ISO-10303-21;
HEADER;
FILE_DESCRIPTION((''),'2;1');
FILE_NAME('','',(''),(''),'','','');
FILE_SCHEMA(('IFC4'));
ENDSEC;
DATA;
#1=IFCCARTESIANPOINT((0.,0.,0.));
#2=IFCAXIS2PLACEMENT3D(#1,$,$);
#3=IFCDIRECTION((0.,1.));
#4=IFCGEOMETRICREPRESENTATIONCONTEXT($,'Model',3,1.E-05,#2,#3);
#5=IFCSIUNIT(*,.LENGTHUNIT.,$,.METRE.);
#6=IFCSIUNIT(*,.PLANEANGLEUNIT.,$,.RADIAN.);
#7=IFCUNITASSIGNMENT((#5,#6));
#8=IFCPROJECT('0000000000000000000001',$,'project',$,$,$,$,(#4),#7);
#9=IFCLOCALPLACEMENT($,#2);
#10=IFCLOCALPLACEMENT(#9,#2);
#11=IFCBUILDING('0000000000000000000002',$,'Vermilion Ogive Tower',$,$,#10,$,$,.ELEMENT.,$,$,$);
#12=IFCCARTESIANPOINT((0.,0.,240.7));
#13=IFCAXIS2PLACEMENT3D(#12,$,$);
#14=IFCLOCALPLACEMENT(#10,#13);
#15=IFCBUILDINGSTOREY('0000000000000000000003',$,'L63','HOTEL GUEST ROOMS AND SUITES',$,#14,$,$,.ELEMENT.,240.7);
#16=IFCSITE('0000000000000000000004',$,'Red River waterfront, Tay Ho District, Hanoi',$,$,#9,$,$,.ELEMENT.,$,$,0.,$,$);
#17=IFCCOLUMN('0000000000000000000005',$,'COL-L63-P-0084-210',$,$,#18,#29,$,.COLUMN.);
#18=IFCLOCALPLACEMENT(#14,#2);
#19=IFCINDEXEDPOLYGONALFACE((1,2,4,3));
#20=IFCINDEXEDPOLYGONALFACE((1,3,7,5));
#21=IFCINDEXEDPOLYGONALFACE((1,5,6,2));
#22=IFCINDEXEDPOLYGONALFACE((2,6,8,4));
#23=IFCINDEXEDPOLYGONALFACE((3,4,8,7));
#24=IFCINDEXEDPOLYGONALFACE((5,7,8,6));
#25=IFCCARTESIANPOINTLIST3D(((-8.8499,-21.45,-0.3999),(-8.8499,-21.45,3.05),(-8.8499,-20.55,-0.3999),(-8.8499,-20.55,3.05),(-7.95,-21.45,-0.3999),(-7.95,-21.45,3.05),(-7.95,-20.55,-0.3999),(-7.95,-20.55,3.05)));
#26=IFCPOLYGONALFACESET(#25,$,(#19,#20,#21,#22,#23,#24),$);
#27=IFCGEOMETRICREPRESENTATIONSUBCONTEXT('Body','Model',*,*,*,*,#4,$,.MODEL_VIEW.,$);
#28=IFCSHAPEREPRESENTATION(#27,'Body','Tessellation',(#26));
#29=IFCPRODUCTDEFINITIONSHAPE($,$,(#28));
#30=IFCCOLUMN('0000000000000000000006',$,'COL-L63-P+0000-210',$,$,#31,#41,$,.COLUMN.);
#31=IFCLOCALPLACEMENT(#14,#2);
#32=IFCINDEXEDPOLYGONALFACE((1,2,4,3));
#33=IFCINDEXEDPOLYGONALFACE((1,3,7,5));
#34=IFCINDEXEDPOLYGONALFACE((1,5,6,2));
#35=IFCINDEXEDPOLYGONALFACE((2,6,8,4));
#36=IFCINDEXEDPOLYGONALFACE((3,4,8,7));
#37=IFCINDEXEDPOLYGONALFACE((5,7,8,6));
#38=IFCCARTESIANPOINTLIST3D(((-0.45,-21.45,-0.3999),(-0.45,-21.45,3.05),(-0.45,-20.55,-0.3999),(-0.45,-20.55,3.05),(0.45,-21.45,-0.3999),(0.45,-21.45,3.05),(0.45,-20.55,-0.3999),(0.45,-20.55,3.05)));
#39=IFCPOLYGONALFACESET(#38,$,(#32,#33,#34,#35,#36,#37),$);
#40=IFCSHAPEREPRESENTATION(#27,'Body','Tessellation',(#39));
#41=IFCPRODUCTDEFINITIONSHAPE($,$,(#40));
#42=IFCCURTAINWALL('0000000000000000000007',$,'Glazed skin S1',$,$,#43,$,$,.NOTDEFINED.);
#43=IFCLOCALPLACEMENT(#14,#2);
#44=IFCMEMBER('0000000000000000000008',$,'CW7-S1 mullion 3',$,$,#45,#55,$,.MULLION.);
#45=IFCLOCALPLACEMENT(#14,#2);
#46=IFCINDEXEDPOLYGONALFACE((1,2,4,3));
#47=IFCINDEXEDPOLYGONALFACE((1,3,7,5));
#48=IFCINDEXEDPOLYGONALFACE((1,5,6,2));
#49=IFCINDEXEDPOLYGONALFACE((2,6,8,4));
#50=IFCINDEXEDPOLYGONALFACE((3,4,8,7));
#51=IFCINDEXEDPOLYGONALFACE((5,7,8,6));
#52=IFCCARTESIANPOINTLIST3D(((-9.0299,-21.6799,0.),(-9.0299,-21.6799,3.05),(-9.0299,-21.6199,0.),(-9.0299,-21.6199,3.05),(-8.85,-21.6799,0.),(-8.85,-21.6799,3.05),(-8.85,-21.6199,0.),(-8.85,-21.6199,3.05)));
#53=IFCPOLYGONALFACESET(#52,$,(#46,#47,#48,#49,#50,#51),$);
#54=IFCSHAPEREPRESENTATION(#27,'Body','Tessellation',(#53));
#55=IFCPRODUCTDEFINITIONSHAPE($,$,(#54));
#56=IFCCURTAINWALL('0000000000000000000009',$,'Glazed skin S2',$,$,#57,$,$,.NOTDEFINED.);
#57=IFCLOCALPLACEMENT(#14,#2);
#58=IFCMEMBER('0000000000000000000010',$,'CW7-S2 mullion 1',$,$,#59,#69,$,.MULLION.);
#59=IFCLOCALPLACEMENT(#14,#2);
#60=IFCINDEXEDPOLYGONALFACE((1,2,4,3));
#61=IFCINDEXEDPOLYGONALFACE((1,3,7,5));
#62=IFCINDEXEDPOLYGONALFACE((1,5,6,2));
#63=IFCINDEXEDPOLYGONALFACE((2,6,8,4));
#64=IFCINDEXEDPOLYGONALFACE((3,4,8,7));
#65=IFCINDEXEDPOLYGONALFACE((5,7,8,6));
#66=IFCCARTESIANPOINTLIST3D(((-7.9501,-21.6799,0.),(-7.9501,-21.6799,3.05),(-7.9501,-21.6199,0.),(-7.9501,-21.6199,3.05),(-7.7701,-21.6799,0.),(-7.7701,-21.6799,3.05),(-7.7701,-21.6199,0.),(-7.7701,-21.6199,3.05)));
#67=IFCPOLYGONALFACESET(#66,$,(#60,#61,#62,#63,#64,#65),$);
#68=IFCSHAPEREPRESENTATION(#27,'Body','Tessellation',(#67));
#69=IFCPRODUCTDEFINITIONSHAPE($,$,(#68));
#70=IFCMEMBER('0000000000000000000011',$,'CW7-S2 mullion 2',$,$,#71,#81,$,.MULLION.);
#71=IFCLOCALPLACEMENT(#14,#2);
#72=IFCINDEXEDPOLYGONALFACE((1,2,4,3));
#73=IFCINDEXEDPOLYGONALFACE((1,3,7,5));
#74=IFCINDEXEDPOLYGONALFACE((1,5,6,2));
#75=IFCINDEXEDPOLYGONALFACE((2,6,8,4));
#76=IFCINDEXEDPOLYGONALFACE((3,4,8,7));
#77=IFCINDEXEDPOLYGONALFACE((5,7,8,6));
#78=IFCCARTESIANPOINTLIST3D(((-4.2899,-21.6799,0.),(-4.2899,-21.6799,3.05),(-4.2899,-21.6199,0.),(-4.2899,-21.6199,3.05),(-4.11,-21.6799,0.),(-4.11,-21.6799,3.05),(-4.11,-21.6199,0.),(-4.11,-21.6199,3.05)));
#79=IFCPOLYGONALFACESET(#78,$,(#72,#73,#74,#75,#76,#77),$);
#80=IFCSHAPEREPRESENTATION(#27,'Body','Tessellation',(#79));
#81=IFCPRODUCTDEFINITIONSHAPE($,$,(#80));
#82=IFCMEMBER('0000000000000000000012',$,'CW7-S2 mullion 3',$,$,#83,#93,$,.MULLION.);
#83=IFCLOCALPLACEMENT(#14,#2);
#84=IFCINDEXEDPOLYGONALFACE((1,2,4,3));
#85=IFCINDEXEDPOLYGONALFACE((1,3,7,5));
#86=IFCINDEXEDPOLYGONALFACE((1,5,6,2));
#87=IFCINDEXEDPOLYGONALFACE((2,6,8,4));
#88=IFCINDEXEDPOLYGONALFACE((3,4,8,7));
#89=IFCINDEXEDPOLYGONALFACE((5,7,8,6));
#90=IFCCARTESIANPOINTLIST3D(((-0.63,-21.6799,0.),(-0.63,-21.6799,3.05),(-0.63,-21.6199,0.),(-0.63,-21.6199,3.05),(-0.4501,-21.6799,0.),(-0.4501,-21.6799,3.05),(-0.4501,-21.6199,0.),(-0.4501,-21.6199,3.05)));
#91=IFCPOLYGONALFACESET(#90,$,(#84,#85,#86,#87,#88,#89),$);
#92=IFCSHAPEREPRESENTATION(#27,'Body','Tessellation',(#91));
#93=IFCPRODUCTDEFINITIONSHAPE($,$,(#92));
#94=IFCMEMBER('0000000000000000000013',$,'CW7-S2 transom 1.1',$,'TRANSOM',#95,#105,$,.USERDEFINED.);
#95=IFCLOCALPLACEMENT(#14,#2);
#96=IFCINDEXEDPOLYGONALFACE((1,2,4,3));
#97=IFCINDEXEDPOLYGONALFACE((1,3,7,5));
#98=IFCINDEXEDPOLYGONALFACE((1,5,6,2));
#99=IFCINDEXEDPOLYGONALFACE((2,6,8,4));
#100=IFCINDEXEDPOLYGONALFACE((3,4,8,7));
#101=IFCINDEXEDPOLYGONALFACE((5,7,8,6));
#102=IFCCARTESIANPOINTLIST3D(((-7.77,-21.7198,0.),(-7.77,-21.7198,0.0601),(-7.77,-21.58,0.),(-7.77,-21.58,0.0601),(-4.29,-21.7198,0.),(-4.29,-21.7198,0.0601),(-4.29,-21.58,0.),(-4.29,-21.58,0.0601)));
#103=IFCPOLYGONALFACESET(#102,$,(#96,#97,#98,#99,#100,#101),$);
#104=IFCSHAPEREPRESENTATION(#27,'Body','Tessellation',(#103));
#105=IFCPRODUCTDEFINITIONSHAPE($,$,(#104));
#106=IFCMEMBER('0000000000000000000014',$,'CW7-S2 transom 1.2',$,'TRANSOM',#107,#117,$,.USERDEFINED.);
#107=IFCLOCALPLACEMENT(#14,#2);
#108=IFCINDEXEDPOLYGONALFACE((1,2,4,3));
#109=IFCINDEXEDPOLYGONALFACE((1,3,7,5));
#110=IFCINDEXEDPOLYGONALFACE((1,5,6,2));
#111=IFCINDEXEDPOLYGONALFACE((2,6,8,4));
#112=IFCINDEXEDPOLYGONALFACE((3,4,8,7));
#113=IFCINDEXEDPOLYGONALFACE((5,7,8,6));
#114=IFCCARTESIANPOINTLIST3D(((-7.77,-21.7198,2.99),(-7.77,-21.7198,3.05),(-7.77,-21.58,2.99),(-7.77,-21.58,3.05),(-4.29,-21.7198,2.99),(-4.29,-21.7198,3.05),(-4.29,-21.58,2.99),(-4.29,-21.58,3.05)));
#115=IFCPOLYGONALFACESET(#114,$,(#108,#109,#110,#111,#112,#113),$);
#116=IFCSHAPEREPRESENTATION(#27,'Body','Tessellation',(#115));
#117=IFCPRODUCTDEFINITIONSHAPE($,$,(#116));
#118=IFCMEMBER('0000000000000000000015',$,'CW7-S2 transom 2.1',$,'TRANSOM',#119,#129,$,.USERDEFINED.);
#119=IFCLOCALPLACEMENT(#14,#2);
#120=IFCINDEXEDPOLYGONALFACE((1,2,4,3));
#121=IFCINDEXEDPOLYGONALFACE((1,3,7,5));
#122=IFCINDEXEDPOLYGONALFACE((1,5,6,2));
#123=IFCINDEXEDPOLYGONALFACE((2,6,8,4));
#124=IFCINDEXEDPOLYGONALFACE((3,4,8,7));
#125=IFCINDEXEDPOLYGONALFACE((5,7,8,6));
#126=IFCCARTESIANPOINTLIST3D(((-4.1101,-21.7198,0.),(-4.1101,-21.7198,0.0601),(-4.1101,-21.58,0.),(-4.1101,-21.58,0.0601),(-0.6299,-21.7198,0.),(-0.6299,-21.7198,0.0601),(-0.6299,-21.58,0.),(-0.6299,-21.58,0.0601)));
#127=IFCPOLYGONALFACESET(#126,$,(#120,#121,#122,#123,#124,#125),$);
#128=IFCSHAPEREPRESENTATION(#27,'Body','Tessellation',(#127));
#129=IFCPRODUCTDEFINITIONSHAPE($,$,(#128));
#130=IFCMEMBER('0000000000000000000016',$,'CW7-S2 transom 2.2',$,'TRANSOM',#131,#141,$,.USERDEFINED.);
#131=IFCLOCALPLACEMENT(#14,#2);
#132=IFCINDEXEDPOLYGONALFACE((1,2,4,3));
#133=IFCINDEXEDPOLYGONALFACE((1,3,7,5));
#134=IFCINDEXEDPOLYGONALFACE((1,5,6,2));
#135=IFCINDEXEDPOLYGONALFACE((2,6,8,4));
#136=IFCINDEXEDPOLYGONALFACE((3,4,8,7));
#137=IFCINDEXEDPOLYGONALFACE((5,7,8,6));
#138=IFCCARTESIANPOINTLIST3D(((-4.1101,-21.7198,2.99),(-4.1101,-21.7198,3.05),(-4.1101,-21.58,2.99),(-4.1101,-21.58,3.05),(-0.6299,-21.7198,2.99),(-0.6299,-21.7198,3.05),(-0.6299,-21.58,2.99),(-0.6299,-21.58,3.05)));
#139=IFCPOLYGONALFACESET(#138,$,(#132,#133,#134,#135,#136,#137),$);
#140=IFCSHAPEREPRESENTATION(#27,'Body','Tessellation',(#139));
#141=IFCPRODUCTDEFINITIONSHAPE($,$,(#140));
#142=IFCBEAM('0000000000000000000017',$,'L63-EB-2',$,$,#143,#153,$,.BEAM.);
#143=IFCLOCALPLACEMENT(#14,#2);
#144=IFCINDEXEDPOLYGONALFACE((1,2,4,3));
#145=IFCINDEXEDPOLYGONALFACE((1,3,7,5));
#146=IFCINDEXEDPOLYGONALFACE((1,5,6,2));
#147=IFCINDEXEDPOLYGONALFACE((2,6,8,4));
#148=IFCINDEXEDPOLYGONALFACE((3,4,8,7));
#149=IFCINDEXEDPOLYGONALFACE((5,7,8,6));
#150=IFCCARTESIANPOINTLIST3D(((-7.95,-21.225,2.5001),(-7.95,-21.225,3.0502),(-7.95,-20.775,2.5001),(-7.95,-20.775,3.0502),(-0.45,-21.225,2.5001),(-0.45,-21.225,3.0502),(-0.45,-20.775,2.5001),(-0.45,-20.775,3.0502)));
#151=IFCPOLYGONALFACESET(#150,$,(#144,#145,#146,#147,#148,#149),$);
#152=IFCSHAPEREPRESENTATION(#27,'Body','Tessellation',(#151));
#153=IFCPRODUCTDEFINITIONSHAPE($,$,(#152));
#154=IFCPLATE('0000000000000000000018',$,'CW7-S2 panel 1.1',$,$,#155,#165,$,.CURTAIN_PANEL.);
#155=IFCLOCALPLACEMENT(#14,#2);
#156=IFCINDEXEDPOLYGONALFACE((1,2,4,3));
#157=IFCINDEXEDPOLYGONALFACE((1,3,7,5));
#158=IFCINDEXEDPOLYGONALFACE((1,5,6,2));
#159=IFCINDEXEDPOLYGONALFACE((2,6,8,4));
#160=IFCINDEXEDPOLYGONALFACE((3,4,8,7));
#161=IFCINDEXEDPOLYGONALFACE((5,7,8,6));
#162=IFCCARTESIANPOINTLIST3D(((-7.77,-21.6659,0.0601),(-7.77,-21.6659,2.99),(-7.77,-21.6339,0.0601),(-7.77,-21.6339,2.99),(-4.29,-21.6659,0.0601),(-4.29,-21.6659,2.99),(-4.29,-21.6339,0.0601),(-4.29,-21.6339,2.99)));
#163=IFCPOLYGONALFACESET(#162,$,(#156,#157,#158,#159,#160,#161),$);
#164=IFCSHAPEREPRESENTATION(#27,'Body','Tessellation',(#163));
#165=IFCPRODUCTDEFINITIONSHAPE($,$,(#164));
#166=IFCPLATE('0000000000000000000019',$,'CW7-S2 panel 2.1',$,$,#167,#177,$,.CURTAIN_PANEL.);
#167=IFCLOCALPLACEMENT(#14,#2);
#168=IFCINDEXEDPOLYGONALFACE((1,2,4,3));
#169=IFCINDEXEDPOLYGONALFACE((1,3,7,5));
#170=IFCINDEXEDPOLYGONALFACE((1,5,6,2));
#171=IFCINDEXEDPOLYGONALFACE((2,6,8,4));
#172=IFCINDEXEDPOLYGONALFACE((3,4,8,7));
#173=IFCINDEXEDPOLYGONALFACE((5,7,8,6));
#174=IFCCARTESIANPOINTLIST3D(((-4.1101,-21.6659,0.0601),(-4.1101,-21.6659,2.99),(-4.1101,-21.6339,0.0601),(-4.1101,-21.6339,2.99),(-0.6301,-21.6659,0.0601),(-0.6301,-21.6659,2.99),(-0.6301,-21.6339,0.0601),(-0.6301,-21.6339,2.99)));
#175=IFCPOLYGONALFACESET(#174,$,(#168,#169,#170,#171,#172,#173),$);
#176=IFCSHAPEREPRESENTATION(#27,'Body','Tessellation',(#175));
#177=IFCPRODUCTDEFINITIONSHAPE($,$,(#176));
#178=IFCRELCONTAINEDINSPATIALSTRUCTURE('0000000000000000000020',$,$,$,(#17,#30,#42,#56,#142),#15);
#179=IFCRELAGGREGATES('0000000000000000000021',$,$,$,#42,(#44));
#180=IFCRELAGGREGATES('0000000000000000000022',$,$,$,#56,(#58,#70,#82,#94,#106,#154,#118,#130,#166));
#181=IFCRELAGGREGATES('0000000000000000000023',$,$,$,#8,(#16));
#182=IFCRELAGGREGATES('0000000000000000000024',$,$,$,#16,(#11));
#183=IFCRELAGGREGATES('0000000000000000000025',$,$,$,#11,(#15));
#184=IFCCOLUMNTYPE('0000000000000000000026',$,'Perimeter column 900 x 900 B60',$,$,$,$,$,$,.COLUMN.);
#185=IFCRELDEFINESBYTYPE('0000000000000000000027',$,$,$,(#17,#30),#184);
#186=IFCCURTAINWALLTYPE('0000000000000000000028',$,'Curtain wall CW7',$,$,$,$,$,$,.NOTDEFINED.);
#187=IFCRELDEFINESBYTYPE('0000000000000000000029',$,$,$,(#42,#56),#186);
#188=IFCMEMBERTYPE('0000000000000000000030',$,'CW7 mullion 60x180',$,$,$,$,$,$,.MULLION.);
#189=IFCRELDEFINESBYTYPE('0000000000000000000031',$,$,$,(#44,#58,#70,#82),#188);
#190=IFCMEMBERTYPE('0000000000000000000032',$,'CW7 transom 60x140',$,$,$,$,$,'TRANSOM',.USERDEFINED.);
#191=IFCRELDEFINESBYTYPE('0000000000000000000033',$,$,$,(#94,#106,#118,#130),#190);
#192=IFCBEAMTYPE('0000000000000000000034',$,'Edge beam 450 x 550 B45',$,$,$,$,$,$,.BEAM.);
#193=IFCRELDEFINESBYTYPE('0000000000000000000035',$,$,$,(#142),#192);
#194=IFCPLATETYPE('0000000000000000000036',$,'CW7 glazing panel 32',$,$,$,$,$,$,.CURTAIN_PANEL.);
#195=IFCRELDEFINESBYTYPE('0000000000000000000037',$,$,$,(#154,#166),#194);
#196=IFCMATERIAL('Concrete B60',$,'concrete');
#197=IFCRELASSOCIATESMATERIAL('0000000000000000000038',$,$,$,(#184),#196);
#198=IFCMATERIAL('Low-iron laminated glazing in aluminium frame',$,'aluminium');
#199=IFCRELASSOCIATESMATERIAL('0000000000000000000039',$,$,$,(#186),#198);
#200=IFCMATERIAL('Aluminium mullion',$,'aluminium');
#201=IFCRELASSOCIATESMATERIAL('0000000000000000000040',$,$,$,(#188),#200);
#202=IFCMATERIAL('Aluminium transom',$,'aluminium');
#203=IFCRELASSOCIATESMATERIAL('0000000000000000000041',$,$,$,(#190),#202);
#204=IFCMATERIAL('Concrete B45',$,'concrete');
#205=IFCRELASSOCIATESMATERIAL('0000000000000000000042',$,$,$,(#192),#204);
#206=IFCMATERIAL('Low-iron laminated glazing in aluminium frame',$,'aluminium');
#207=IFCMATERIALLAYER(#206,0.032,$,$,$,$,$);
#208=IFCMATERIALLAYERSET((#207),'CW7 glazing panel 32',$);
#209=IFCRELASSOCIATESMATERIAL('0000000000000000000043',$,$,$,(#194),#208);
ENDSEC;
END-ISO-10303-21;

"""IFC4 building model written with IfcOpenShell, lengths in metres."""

from ifc_helpers import new_model, si_unit, direction, frame, origin, origin_2d, place, context, subcontext, project, spatial, rectangle, extrude, material, layer, layer_set, material_profile, profile_set, type_object, element, aggregate, save


model = new_model("IFC4")

# Units and contexts
model_context = context("Model", 3, precision=1e-05, world=origin(), true_north=direction((0.0, 1.0)))
body_context = subcontext(model_context, "Body", "Model", "MODEL_VIEW")
ifc_project = project(units=[si_unit("LENGTHUNIT", "METRE"), si_unit("PLANEANGLEUNIT", "RADIAN")], contexts=[model_context])

# Site, building, storey
site_placement = place(None, origin())
site = spatial("IfcSite", under=ifc_project, at=site_placement, Name="Red River waterfront, Tay Ho District, Hanoi", CompositionType="ELEMENT", RefElevation=0.0)
building_placement = place(site_placement, origin())
building = spatial("IfcBuilding", under=site, at=building_placement, Name="Vermilion Ogive Tower", CompositionType="ELEMENT")
storey_placement = place(building_placement, frame((0.0, 0.0, 240.7)))
storey = spatial("IfcBuildingStorey", under=building, at=storey_placement, Name="L63", Description="HOTEL GUEST ROOMS AND SUITES", CompositionType="ELEMENT", Elevation=240.7)

# Columns
ifc_material_1 = material(Name="Concrete B60", Category="concrete")
ifc_material_profile_1 = material_profile(ifc_material_1, rectangle(XDim=0.8999, YDim=0.8999, at=origin_2d()), Name="900 x 900")
ifc_profile_set_1 = profile_set([ifc_material_profile_1], Name="Concrete B60")
column_type = type_object("IfcColumnType", Name="Perimeter column 900 x 900 B60", PredefinedType="COLUMN", material=ifc_profile_set_1)
for number, where, z_axis, x_axis, name in (
    (1, (-8.3999, -21.0, -0.3999), (0.0, 0.0, 1.0), (1.0, 0.0, 0.0), "COL-L63-P-0084-210"),
    (2, (0.0, -21.0, -0.3999), (0.0, 0.0, 1.0), (1.0, 0.0, 0.0), "COL-L63-P+0000-210"),
):
    element("IfcColumn", number, at=place(storey_placement, frame(where, z_axis=z_axis, x_axis=x_axis)), inside=storey, type_object=column_type, Name=name, PredefinedType="COLUMN", context=body_context, shape_type="SweptSolid", body=[
        extrude(rectangle(XDim=0.8999, YDim=0.8999, at=origin_2d()), origin(), (0.0, 0.0, 1.0), 3.45),
    ])

# Curtain wall, member
ifc_material_2 = material(Name="Low-iron laminated glazing in aluminium frame", Category="aluminium")
curtain_wall_type = type_object("IfcCurtainWallType", Name="Curtain wall CW7", PredefinedType="NOTDEFINED", material=ifc_material_2)
curtain_wall_1_placement = place(storey_placement, origin())
curtain_wall_1 = element("IfcCurtainWall", 3, at=curtain_wall_1_placement, inside=storey, type_object=curtain_wall_type, Name="Glazed skin S1", PredefinedType="NOTDEFINED")
ifc_material_3 = material(Name="Aluminium mullion", Category="aluminium")
ifc_material_profile_2 = material_profile(ifc_material_3, rectangle(XDim=0.0601, YDim=0.1799, at=origin_2d()), Name="AL 60x180")
ifc_profile_set_2 = profile_set([ifc_material_profile_2], Name="Aluminium mullion")
member_type_1 = type_object("IfcMemberType", Name="CW7 mullion 60x180", PredefinedType="MULLION", material=ifc_profile_set_2)
member_1_placement = place(storey_placement, frame((-8.9399, -21.6499, 0.0), z_axis=(0.0, 0.0, 1.0), x_axis=(0.0, 1.0, 0.0)))
member_1 = element("IfcMember", 4, at=member_1_placement, type_object=member_type_1, Name="CW7-S1 mullion 3", PredefinedType="MULLION", context=body_context, shape_type="SweptSolid", body=[
    extrude(rectangle(XDim=0.0601, YDim=0.1799, at=origin_2d()), origin(), (0.0, 0.0, 1.0), 3.05),
])
aggregate(curtain_wall_1, [member_1])

# Curtain wall, members
curtain_wall_2_placement = place(storey_placement, origin())
curtain_wall_2 = element("IfcCurtainWall", 5, at=curtain_wall_2_placement, inside=storey, type_object=curtain_wall_type, Name="Glazed skin S2", PredefinedType="NOTDEFINED")
member_2_placement = place(storey_placement, frame((-7.8601, -21.6499, 0.0), z_axis=(0.0, 0.0, 1.0), x_axis=(0.0, 1.0, 0.0)))
member_2 = element("IfcMember", 6, at=member_2_placement, type_object=member_type_1, Name="CW7-S2 mullion 1", PredefinedType="MULLION", context=body_context, shape_type="SweptSolid", body=[
    extrude(rectangle(XDim=0.0601, YDim=0.1799, at=origin_2d()), origin(), (0.0, 0.0, 1.0), 3.05),
])
member_3_placement = place(storey_placement, frame((-4.2, -21.6499, 0.0), z_axis=(0.0, 0.0, 1.0), x_axis=(0.0, 1.0, 0.0)))
member_3 = element("IfcMember", 7, at=member_3_placement, type_object=member_type_1, Name="CW7-S2 mullion 2", PredefinedType="MULLION", context=body_context, shape_type="SweptSolid", body=[
    extrude(rectangle(XDim=0.0601, YDim=0.1799, at=origin_2d()), origin(), (0.0, 0.0, 1.0), 3.05),
])
member_4_placement = place(storey_placement, frame((-0.54, -21.6499, 0.0), z_axis=(0.0, 0.0, 1.0), x_axis=(0.0, 1.0, 0.0)))
member_4 = element("IfcMember", 8, at=member_4_placement, type_object=member_type_1, Name="CW7-S2 mullion 3", PredefinedType="MULLION", context=body_context, shape_type="SweptSolid", body=[
    extrude(rectangle(XDim=0.0601, YDim=0.1799, at=origin_2d()), origin(), (0.0, 0.0, 1.0), 3.05),
])
ifc_material_4 = material(Name="Aluminium transom", Category="aluminium")
ifc_material_profile_3 = material_profile(ifc_material_4, rectangle(XDim=0.1399, YDim=0.0601, at=origin_2d()), Name="AL 60x140")
ifc_profile_set_3 = profile_set([ifc_material_profile_3], Name="Aluminium transom")
member_type_2 = type_object("IfcMemberType", Name="CW7 transom 60x140", ElementType="TRANSOM", PredefinedType="USERDEFINED", material=ifc_profile_set_3)
member_5_placement = place(storey_placement, frame((-7.77, -21.6499, 0.03), z_axis=(1.0, 0.0, 0.0), x_axis=(0.0, 1.0, 0.0)))
member_5 = element("IfcMember", 9, at=member_5_placement, type_object=member_type_2, Name="CW7-S2 transom 1.1", ObjectType="TRANSOM", PredefinedType="USERDEFINED", context=body_context, shape_type="SweptSolid", body=[
    extrude(rectangle(XDim=0.1399, YDim=0.0601, at=origin_2d()), origin(), (0.0, 0.0, 1.0), 3.48),
])
member_6_placement = place(storey_placement, frame((-7.77, -21.6499, 3.02), z_axis=(1.0, 0.0, 0.0), x_axis=(0.0, 1.0, 0.0)))
member_6 = element("IfcMember", 10, at=member_6_placement, type_object=member_type_2, Name="CW7-S2 transom 1.2", ObjectType="TRANSOM", PredefinedType="USERDEFINED", context=body_context, shape_type="SweptSolid", body=[
    extrude(rectangle(XDim=0.1399, YDim=0.0601, at=origin_2d()), origin(), (0.0, 0.0, 1.0), 3.48),
])
member_7_placement = place(storey_placement, frame((-4.1101, -21.6499, 0.03), z_axis=(1.0, 0.0, 0.0), x_axis=(0.0, 1.0, 0.0)))
member_7 = element("IfcMember", 11, at=member_7_placement, type_object=member_type_2, Name="CW7-S2 transom 2.1", ObjectType="TRANSOM", PredefinedType="USERDEFINED", context=body_context, shape_type="SweptSolid", body=[
    extrude(rectangle(XDim=0.1399, YDim=0.0601, at=origin_2d()), origin(), (0.0, 0.0, 1.0), 3.4802),
])
member_8_placement = place(storey_placement, frame((-4.1101, -21.6499, 3.02), z_axis=(1.0, 0.0, 0.0), x_axis=(0.0, 1.0, 0.0)))
member_8 = element("IfcMember", 12, at=member_8_placement, type_object=member_type_2, Name="CW7-S2 transom 2.2", ObjectType="TRANSOM", PredefinedType="USERDEFINED", context=body_context, shape_type="SweptSolid", body=[
    extrude(rectangle(XDim=0.1399, YDim=0.0601, at=origin_2d()), origin(), (0.0, 0.0, 1.0), 3.4802),
])

# Beam
ifc_material_5 = material(Name="Concrete B45", Category="concrete")
ifc_material_profile_4 = material_profile(ifc_material_5, rectangle(XDim=0.45, YDim=0.55, at=origin_2d()), Name="450 x 550")
ifc_profile_set_4 = profile_set([ifc_material_profile_4], Name="Concrete B45")
beam_type = type_object("IfcBeamType", Name="Edge beam 450 x 550 B45", PredefinedType="BEAM", material=ifc_profile_set_4)
beam_placement = place(storey_placement, frame((-7.95, -21.0, 2.7751), z_axis=(1.0, 0.0, 0.0), x_axis=(0.0, 1.0, 0.0)))
element("IfcBeam", 13, at=beam_placement, inside=storey, type_object=beam_type, Name="L63-EB-2", PredefinedType="BEAM", context=body_context, shape_type="SweptSolid", body=[
    extrude(rectangle(XDim=0.45, YDim=0.55, at=origin_2d()), origin(), (0.0, 0.0, 1.0), 7.5),
])

# Plates
ifc_material_6 = material(Name="Low-iron laminated glazing in aluminium frame", Category="aluminium")
ifc_layer_1 = layer(ifc_material_6, 0.032)
ifc_layer_set_1 = layer_set([ifc_layer_1], Name="CW7 glazing panel 32")
plate_type = type_object("IfcPlateType", Name="CW7 glazing panel 32", PredefinedType="CURTAIN_PANEL", material=ifc_layer_set_1)
plate_1_placement = place(storey_placement, frame((-6.03, -21.6499, 0.0601), z_axis=(0.0, 0.0, 1.0), x_axis=(1.0, 0.0, 0.0)))
plate_1 = element("IfcPlate", 14, at=plate_1_placement, type_object=plate_type, Name="CW7-S2 panel 1.1", PredefinedType="CURTAIN_PANEL", context=body_context, shape_type="SweptSolid", body=[
    extrude(rectangle(XDim=3.48, YDim=0.032, at=origin_2d()), origin(), (0.0, 0.0, 1.0), 2.9299),
])
plate_2_placement = place(storey_placement, frame((-2.3701, -21.6499, 0.0601), z_axis=(0.0, 0.0, 1.0), x_axis=(1.0, 0.0, 0.0)))
plate_2 = element("IfcPlate", 15, at=plate_2_placement, type_object=plate_type, Name="CW7-S2 panel 2.1", PredefinedType="CURTAIN_PANEL", context=body_context, shape_type="SweptSolid", body=[
    extrude(rectangle(XDim=3.48, YDim=0.032, at=origin_2d()), origin(), (0.0, 0.0, 1.0), 2.9299),
])
aggregate(curtain_wall_2, [member_2, member_3, member_4, member_5, member_6, plate_1, member_7, member_8, plate_2])

save(model, "model.ifc")
